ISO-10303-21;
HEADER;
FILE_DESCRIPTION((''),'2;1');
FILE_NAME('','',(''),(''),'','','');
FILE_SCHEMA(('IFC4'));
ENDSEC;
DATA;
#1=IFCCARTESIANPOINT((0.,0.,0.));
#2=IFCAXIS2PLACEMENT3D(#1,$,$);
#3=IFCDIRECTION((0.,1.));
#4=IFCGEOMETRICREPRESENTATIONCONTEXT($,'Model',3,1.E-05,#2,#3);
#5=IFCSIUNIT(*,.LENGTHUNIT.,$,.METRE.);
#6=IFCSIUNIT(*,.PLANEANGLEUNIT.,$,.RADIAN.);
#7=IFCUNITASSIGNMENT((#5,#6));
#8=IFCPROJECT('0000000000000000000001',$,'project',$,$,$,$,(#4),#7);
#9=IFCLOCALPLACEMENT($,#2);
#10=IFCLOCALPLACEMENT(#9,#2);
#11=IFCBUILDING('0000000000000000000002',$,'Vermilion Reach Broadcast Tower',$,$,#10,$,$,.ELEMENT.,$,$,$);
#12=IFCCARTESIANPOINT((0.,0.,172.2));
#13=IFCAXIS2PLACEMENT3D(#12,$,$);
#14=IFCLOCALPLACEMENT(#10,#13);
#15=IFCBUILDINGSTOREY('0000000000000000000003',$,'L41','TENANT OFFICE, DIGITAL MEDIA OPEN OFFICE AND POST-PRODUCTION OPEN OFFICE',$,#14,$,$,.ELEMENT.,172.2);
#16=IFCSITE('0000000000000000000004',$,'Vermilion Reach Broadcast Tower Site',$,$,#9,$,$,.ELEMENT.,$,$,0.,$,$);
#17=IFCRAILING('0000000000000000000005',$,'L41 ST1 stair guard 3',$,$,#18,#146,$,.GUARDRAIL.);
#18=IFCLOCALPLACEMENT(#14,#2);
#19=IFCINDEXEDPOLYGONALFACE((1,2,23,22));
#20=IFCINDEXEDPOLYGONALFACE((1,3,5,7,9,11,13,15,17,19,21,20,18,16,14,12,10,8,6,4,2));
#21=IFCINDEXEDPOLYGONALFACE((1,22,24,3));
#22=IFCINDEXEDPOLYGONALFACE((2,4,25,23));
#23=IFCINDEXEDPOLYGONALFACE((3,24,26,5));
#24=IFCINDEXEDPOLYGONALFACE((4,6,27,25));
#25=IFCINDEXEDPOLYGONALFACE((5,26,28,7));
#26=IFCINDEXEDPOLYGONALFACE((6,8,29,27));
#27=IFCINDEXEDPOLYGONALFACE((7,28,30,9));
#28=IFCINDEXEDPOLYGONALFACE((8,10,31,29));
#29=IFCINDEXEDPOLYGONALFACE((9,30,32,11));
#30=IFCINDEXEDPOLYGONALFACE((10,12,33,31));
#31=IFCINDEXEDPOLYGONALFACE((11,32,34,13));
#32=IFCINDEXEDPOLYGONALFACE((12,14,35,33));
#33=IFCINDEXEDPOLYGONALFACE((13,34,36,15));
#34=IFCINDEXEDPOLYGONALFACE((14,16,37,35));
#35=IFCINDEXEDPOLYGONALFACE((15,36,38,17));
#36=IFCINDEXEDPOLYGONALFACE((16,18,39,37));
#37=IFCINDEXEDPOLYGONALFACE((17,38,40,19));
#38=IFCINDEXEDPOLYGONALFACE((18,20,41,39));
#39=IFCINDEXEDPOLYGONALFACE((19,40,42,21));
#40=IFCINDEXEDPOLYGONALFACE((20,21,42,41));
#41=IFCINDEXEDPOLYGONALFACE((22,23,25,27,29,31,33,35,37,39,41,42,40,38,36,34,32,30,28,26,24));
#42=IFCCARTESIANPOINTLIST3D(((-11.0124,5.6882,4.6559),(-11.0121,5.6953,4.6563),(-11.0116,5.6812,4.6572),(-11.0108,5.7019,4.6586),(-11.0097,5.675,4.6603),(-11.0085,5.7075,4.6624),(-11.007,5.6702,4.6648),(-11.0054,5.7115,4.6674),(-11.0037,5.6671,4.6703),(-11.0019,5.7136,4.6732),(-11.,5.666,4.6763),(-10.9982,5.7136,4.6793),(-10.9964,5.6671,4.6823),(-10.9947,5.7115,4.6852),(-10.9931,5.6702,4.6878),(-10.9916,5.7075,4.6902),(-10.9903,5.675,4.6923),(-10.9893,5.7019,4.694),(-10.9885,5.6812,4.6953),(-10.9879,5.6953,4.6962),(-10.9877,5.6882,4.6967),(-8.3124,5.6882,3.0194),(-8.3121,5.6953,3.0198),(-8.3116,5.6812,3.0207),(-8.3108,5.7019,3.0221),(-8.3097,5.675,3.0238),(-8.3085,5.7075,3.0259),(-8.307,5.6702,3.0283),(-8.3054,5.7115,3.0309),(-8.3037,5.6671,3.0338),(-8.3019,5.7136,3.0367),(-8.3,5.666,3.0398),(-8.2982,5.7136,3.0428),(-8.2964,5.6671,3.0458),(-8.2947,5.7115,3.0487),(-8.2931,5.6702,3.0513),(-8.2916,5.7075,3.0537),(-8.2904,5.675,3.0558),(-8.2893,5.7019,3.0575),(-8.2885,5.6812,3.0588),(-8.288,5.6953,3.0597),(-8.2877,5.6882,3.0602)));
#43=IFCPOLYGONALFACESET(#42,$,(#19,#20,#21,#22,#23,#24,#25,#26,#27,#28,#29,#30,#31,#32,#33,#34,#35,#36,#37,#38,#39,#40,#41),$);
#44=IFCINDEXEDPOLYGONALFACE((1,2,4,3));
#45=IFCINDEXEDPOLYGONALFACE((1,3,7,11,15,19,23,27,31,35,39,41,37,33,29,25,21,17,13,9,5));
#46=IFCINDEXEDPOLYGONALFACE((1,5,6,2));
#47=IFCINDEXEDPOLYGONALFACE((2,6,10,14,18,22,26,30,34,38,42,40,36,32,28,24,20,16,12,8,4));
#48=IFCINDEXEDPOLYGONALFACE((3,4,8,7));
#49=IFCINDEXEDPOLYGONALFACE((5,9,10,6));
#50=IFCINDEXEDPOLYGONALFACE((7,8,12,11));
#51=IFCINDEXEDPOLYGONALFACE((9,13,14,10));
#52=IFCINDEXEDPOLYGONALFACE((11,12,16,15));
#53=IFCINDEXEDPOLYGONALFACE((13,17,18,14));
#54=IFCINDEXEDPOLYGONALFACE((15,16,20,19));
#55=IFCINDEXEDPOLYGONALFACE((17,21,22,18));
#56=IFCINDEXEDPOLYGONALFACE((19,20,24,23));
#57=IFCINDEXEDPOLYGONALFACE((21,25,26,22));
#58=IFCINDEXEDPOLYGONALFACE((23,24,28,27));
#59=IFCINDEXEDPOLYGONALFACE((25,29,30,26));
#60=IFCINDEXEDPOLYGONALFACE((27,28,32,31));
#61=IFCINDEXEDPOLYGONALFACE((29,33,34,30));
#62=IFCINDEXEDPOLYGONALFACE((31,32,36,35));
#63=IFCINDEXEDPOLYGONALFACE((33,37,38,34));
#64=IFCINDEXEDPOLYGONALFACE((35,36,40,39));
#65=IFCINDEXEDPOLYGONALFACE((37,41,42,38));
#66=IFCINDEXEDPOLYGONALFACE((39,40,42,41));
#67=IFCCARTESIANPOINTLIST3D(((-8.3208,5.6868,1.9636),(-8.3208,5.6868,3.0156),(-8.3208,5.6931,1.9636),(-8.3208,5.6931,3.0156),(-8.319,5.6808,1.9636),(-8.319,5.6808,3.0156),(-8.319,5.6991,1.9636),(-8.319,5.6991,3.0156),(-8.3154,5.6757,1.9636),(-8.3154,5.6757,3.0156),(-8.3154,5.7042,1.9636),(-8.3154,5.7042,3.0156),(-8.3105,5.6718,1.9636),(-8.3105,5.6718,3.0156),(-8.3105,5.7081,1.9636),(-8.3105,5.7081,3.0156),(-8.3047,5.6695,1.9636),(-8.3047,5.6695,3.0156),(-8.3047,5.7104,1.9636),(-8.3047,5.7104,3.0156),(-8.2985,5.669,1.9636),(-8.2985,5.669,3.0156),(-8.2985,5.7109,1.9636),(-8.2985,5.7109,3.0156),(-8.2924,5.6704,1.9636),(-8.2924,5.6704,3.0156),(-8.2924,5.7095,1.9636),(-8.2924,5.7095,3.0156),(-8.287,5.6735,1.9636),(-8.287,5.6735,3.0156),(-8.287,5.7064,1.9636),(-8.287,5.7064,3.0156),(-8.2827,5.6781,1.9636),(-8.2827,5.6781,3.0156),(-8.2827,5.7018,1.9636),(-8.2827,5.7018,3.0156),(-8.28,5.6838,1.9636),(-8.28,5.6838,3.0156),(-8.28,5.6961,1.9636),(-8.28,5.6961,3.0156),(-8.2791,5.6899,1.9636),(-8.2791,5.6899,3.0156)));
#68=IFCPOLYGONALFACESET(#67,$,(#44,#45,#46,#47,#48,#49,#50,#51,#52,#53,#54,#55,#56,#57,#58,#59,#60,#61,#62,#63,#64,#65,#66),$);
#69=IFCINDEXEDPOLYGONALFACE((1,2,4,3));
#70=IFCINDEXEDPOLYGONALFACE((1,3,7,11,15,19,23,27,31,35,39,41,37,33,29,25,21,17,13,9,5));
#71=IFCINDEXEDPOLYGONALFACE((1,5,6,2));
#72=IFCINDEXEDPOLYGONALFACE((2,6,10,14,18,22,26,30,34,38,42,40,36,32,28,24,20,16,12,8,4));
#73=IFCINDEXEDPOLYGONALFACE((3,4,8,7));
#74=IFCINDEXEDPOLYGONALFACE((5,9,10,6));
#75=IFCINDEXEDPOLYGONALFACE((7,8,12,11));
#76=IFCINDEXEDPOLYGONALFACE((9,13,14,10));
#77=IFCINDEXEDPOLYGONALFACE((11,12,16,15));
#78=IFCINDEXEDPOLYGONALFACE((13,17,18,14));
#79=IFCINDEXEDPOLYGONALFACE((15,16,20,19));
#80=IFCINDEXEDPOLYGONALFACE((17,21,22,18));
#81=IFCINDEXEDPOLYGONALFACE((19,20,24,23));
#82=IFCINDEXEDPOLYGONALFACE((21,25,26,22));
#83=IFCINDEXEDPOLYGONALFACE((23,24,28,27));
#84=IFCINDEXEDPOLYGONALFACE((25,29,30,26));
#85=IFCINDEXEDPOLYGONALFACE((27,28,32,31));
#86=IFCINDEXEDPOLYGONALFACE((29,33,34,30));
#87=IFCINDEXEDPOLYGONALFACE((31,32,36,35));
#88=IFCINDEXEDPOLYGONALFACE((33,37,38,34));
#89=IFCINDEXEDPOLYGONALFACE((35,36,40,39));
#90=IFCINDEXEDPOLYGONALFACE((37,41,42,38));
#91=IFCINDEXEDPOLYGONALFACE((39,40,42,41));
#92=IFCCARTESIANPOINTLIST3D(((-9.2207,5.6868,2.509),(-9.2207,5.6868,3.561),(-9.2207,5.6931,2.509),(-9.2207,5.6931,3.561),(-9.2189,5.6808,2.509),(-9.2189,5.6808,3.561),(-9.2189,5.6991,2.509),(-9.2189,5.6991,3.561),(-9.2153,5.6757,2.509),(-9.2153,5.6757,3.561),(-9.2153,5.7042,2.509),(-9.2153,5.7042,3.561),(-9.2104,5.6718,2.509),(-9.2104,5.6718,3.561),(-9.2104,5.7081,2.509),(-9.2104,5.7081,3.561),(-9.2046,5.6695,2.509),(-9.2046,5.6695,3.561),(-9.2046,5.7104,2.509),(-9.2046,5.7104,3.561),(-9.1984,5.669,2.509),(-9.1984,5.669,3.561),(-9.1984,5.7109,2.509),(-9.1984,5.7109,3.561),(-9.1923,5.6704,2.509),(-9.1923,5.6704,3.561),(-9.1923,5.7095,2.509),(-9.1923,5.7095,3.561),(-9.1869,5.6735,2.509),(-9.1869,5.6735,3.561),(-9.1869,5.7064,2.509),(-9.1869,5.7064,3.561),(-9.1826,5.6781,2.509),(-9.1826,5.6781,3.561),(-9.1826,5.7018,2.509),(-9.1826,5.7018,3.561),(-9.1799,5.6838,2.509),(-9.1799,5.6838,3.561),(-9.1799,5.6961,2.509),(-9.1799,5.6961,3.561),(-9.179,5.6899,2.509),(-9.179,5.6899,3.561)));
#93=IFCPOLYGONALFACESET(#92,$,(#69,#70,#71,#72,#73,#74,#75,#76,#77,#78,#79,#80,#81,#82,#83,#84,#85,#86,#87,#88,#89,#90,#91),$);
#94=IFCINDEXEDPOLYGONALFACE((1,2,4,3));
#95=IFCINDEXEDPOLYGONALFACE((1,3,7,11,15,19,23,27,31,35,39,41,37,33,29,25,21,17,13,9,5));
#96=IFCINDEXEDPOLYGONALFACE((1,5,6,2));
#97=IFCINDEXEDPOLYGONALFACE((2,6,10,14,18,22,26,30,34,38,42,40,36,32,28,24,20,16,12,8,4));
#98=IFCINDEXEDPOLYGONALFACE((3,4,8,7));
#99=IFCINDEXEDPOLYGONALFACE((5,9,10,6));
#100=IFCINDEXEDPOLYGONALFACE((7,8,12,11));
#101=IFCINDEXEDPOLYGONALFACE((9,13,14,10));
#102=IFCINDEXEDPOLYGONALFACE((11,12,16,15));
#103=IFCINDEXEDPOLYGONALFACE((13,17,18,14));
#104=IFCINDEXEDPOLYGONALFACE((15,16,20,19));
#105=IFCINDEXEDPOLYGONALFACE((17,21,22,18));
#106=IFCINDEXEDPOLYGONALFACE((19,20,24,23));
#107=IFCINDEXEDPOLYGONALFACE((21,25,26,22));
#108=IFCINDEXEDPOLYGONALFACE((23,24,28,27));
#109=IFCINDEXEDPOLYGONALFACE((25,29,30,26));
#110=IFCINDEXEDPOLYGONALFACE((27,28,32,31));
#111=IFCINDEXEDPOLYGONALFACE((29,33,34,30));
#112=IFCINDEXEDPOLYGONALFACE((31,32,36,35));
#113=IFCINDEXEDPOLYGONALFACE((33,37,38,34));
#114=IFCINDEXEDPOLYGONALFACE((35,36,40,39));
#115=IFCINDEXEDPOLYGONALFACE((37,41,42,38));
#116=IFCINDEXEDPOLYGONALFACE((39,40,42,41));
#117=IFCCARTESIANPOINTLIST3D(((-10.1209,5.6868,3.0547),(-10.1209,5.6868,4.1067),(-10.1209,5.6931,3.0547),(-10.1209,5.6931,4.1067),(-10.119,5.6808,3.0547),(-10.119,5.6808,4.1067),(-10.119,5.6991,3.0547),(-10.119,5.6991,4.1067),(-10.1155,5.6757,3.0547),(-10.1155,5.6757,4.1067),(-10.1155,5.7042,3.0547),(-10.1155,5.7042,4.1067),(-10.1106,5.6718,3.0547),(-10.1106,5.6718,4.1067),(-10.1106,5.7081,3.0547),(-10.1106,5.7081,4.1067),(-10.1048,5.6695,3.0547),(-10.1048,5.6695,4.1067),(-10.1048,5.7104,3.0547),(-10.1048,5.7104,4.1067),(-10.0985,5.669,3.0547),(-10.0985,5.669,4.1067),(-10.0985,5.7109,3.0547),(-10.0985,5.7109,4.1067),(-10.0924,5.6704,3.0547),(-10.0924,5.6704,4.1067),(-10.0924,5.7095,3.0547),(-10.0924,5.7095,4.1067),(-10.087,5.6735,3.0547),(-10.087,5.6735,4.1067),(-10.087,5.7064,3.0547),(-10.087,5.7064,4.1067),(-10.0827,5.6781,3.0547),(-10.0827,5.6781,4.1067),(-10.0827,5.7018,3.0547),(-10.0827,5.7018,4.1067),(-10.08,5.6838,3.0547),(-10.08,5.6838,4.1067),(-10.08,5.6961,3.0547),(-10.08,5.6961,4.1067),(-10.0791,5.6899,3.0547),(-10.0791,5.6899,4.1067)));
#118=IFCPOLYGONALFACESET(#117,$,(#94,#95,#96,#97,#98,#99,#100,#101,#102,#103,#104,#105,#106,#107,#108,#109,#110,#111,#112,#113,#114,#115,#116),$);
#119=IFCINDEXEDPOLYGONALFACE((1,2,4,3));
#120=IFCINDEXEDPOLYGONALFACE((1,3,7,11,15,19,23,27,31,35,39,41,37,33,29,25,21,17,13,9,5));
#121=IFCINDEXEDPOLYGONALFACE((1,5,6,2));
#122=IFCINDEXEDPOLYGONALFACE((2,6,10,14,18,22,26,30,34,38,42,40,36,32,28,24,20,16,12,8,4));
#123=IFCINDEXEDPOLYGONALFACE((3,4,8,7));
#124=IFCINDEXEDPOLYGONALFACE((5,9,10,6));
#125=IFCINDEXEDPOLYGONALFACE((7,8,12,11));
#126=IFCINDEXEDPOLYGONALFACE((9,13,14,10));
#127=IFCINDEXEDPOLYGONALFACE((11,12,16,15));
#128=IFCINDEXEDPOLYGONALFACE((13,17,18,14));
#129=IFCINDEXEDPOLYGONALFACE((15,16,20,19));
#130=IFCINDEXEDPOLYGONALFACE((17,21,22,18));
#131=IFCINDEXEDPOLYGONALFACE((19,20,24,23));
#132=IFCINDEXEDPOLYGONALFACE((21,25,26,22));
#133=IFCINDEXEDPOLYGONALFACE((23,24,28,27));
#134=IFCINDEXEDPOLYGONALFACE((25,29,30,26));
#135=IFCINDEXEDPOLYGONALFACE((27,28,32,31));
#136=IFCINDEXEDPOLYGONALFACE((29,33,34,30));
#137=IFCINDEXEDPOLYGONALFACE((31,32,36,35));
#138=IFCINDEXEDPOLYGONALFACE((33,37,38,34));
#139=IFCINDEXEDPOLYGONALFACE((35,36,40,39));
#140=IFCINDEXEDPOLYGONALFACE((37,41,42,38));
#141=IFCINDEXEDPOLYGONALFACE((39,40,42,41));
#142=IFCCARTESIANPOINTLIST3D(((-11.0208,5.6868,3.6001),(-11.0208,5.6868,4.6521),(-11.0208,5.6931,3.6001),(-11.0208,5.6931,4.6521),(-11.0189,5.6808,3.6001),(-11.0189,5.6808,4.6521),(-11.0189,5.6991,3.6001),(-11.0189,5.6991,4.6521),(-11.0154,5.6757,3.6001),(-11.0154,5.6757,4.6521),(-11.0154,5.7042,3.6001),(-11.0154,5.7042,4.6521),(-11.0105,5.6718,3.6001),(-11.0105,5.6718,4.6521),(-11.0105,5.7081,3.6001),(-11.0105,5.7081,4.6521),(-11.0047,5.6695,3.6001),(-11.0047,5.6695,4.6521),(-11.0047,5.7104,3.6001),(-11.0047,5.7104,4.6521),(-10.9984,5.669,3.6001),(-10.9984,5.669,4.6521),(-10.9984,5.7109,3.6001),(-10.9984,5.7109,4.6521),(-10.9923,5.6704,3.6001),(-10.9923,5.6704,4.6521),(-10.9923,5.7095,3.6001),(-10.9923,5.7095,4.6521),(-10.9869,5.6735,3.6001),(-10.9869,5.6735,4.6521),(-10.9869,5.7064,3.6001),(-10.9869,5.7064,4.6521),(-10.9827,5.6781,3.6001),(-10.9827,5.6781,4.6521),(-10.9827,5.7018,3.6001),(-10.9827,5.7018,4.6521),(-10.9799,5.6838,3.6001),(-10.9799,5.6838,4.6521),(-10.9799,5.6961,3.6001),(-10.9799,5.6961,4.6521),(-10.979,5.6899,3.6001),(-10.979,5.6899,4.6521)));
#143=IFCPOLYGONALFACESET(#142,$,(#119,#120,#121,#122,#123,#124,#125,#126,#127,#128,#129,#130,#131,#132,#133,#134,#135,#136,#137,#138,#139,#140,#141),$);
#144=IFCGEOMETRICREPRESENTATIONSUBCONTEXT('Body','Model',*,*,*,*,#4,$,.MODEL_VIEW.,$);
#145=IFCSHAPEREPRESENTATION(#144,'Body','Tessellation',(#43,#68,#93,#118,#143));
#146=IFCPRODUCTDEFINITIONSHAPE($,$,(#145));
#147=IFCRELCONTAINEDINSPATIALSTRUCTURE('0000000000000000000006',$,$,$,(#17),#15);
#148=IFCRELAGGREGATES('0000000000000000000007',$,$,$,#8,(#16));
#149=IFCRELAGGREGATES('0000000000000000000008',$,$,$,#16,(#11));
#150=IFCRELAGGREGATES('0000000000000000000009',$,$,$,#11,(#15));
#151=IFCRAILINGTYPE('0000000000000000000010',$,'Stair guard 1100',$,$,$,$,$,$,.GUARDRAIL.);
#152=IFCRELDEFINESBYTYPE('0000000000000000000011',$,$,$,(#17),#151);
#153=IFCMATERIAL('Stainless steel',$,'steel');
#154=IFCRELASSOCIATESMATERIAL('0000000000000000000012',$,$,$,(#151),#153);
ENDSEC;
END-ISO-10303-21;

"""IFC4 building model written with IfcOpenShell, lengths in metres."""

from ifc_helpers import new_model, si_unit, direction, frame, origin, origin_2d, place, context, subcontext, project, spatial, circle, extrude, material, type_object, element, save


model = new_model("IFC4")

# Units and contexts
model_context = context("Model", 3, precision=1e-05, world=origin(), true_north=direction((0.0, 1.0)))
body_context = subcontext(model_context, "Body", "Model", "MODEL_VIEW")
ifc_project = project(units=[si_unit("LENGTHUNIT", "METRE"), si_unit("PLANEANGLEUNIT", "RADIAN")], contexts=[model_context])

# Site, building, storey
site_placement = place(None, origin())
site = spatial("IfcSite", under=ifc_project, at=site_placement, Name="Vermilion Reach Broadcast Tower Site", CompositionType="ELEMENT", RefElevation=0.0)
building_placement = place(site_placement, origin())
building = spatial("IfcBuilding", under=site, at=building_placement, Name="Vermilion Reach Broadcast Tower", CompositionType="ELEMENT")
storey_placement = place(building_placement, frame((0.0, 0.0, 172.2)))
storey = spatial("IfcBuildingStorey", under=building, at=storey_placement, Name="L41", Description="TENANT OFFICE, DIGITAL MEDIA OPEN OFFICE AND POST-PRODUCTION OPEN OFFICE", CompositionType="ELEMENT", Elevation=172.2)

# Railing
ifc_material_1 = material(Name="Stainless steel", Category="steel")
railing_type_1 = type_object("IfcRailingType", Name="Stair guard 1100", PredefinedType="GUARDRAIL", material=ifc_material_1)
railing_1_placement = place(storey_placement, frame((-8.3, 5.6899, 1.9636)))
element("IfcRailing", 1, at=railing_1_placement, inside=storey, type_object=railing_type_1, Name="L41 ST1 stair guard 3", PredefinedType="GUARDRAIL", context=body_context, shape_type="SweptSolid", body=[
    extrude(circle(Radius=0.0239, at=origin_2d()), frame((0.0, 0.0, 1.0762), z_axis=(-0.855178, 0.0, 0.518334), x_axis=(0.0, -1.0, 0.0)), (0.0, 0.0, 1.0), 3.1572),
    extrude(circle(Radius=0.021, at=origin_2d()), origin(), (0.0, 0.0, 1.0), 1.052),
    extrude(circle(Radius=0.021, at=origin_2d()), frame((-0.8999, 0.0, 0.5454)), (0.0, 0.0, 1.0), 1.052),
    extrude(circle(Radius=0.021, at=origin_2d()), frame((-1.8, 0.0, 1.0911)), (0.0, 0.0, 1.0), 1.052),
    extrude(circle(Radius=0.021, at=origin_2d()), frame((-2.7, 0.0, 1.6365)), (0.0, 0.0, 1.0), 1.052),
])

save(model, "model.ifc")
